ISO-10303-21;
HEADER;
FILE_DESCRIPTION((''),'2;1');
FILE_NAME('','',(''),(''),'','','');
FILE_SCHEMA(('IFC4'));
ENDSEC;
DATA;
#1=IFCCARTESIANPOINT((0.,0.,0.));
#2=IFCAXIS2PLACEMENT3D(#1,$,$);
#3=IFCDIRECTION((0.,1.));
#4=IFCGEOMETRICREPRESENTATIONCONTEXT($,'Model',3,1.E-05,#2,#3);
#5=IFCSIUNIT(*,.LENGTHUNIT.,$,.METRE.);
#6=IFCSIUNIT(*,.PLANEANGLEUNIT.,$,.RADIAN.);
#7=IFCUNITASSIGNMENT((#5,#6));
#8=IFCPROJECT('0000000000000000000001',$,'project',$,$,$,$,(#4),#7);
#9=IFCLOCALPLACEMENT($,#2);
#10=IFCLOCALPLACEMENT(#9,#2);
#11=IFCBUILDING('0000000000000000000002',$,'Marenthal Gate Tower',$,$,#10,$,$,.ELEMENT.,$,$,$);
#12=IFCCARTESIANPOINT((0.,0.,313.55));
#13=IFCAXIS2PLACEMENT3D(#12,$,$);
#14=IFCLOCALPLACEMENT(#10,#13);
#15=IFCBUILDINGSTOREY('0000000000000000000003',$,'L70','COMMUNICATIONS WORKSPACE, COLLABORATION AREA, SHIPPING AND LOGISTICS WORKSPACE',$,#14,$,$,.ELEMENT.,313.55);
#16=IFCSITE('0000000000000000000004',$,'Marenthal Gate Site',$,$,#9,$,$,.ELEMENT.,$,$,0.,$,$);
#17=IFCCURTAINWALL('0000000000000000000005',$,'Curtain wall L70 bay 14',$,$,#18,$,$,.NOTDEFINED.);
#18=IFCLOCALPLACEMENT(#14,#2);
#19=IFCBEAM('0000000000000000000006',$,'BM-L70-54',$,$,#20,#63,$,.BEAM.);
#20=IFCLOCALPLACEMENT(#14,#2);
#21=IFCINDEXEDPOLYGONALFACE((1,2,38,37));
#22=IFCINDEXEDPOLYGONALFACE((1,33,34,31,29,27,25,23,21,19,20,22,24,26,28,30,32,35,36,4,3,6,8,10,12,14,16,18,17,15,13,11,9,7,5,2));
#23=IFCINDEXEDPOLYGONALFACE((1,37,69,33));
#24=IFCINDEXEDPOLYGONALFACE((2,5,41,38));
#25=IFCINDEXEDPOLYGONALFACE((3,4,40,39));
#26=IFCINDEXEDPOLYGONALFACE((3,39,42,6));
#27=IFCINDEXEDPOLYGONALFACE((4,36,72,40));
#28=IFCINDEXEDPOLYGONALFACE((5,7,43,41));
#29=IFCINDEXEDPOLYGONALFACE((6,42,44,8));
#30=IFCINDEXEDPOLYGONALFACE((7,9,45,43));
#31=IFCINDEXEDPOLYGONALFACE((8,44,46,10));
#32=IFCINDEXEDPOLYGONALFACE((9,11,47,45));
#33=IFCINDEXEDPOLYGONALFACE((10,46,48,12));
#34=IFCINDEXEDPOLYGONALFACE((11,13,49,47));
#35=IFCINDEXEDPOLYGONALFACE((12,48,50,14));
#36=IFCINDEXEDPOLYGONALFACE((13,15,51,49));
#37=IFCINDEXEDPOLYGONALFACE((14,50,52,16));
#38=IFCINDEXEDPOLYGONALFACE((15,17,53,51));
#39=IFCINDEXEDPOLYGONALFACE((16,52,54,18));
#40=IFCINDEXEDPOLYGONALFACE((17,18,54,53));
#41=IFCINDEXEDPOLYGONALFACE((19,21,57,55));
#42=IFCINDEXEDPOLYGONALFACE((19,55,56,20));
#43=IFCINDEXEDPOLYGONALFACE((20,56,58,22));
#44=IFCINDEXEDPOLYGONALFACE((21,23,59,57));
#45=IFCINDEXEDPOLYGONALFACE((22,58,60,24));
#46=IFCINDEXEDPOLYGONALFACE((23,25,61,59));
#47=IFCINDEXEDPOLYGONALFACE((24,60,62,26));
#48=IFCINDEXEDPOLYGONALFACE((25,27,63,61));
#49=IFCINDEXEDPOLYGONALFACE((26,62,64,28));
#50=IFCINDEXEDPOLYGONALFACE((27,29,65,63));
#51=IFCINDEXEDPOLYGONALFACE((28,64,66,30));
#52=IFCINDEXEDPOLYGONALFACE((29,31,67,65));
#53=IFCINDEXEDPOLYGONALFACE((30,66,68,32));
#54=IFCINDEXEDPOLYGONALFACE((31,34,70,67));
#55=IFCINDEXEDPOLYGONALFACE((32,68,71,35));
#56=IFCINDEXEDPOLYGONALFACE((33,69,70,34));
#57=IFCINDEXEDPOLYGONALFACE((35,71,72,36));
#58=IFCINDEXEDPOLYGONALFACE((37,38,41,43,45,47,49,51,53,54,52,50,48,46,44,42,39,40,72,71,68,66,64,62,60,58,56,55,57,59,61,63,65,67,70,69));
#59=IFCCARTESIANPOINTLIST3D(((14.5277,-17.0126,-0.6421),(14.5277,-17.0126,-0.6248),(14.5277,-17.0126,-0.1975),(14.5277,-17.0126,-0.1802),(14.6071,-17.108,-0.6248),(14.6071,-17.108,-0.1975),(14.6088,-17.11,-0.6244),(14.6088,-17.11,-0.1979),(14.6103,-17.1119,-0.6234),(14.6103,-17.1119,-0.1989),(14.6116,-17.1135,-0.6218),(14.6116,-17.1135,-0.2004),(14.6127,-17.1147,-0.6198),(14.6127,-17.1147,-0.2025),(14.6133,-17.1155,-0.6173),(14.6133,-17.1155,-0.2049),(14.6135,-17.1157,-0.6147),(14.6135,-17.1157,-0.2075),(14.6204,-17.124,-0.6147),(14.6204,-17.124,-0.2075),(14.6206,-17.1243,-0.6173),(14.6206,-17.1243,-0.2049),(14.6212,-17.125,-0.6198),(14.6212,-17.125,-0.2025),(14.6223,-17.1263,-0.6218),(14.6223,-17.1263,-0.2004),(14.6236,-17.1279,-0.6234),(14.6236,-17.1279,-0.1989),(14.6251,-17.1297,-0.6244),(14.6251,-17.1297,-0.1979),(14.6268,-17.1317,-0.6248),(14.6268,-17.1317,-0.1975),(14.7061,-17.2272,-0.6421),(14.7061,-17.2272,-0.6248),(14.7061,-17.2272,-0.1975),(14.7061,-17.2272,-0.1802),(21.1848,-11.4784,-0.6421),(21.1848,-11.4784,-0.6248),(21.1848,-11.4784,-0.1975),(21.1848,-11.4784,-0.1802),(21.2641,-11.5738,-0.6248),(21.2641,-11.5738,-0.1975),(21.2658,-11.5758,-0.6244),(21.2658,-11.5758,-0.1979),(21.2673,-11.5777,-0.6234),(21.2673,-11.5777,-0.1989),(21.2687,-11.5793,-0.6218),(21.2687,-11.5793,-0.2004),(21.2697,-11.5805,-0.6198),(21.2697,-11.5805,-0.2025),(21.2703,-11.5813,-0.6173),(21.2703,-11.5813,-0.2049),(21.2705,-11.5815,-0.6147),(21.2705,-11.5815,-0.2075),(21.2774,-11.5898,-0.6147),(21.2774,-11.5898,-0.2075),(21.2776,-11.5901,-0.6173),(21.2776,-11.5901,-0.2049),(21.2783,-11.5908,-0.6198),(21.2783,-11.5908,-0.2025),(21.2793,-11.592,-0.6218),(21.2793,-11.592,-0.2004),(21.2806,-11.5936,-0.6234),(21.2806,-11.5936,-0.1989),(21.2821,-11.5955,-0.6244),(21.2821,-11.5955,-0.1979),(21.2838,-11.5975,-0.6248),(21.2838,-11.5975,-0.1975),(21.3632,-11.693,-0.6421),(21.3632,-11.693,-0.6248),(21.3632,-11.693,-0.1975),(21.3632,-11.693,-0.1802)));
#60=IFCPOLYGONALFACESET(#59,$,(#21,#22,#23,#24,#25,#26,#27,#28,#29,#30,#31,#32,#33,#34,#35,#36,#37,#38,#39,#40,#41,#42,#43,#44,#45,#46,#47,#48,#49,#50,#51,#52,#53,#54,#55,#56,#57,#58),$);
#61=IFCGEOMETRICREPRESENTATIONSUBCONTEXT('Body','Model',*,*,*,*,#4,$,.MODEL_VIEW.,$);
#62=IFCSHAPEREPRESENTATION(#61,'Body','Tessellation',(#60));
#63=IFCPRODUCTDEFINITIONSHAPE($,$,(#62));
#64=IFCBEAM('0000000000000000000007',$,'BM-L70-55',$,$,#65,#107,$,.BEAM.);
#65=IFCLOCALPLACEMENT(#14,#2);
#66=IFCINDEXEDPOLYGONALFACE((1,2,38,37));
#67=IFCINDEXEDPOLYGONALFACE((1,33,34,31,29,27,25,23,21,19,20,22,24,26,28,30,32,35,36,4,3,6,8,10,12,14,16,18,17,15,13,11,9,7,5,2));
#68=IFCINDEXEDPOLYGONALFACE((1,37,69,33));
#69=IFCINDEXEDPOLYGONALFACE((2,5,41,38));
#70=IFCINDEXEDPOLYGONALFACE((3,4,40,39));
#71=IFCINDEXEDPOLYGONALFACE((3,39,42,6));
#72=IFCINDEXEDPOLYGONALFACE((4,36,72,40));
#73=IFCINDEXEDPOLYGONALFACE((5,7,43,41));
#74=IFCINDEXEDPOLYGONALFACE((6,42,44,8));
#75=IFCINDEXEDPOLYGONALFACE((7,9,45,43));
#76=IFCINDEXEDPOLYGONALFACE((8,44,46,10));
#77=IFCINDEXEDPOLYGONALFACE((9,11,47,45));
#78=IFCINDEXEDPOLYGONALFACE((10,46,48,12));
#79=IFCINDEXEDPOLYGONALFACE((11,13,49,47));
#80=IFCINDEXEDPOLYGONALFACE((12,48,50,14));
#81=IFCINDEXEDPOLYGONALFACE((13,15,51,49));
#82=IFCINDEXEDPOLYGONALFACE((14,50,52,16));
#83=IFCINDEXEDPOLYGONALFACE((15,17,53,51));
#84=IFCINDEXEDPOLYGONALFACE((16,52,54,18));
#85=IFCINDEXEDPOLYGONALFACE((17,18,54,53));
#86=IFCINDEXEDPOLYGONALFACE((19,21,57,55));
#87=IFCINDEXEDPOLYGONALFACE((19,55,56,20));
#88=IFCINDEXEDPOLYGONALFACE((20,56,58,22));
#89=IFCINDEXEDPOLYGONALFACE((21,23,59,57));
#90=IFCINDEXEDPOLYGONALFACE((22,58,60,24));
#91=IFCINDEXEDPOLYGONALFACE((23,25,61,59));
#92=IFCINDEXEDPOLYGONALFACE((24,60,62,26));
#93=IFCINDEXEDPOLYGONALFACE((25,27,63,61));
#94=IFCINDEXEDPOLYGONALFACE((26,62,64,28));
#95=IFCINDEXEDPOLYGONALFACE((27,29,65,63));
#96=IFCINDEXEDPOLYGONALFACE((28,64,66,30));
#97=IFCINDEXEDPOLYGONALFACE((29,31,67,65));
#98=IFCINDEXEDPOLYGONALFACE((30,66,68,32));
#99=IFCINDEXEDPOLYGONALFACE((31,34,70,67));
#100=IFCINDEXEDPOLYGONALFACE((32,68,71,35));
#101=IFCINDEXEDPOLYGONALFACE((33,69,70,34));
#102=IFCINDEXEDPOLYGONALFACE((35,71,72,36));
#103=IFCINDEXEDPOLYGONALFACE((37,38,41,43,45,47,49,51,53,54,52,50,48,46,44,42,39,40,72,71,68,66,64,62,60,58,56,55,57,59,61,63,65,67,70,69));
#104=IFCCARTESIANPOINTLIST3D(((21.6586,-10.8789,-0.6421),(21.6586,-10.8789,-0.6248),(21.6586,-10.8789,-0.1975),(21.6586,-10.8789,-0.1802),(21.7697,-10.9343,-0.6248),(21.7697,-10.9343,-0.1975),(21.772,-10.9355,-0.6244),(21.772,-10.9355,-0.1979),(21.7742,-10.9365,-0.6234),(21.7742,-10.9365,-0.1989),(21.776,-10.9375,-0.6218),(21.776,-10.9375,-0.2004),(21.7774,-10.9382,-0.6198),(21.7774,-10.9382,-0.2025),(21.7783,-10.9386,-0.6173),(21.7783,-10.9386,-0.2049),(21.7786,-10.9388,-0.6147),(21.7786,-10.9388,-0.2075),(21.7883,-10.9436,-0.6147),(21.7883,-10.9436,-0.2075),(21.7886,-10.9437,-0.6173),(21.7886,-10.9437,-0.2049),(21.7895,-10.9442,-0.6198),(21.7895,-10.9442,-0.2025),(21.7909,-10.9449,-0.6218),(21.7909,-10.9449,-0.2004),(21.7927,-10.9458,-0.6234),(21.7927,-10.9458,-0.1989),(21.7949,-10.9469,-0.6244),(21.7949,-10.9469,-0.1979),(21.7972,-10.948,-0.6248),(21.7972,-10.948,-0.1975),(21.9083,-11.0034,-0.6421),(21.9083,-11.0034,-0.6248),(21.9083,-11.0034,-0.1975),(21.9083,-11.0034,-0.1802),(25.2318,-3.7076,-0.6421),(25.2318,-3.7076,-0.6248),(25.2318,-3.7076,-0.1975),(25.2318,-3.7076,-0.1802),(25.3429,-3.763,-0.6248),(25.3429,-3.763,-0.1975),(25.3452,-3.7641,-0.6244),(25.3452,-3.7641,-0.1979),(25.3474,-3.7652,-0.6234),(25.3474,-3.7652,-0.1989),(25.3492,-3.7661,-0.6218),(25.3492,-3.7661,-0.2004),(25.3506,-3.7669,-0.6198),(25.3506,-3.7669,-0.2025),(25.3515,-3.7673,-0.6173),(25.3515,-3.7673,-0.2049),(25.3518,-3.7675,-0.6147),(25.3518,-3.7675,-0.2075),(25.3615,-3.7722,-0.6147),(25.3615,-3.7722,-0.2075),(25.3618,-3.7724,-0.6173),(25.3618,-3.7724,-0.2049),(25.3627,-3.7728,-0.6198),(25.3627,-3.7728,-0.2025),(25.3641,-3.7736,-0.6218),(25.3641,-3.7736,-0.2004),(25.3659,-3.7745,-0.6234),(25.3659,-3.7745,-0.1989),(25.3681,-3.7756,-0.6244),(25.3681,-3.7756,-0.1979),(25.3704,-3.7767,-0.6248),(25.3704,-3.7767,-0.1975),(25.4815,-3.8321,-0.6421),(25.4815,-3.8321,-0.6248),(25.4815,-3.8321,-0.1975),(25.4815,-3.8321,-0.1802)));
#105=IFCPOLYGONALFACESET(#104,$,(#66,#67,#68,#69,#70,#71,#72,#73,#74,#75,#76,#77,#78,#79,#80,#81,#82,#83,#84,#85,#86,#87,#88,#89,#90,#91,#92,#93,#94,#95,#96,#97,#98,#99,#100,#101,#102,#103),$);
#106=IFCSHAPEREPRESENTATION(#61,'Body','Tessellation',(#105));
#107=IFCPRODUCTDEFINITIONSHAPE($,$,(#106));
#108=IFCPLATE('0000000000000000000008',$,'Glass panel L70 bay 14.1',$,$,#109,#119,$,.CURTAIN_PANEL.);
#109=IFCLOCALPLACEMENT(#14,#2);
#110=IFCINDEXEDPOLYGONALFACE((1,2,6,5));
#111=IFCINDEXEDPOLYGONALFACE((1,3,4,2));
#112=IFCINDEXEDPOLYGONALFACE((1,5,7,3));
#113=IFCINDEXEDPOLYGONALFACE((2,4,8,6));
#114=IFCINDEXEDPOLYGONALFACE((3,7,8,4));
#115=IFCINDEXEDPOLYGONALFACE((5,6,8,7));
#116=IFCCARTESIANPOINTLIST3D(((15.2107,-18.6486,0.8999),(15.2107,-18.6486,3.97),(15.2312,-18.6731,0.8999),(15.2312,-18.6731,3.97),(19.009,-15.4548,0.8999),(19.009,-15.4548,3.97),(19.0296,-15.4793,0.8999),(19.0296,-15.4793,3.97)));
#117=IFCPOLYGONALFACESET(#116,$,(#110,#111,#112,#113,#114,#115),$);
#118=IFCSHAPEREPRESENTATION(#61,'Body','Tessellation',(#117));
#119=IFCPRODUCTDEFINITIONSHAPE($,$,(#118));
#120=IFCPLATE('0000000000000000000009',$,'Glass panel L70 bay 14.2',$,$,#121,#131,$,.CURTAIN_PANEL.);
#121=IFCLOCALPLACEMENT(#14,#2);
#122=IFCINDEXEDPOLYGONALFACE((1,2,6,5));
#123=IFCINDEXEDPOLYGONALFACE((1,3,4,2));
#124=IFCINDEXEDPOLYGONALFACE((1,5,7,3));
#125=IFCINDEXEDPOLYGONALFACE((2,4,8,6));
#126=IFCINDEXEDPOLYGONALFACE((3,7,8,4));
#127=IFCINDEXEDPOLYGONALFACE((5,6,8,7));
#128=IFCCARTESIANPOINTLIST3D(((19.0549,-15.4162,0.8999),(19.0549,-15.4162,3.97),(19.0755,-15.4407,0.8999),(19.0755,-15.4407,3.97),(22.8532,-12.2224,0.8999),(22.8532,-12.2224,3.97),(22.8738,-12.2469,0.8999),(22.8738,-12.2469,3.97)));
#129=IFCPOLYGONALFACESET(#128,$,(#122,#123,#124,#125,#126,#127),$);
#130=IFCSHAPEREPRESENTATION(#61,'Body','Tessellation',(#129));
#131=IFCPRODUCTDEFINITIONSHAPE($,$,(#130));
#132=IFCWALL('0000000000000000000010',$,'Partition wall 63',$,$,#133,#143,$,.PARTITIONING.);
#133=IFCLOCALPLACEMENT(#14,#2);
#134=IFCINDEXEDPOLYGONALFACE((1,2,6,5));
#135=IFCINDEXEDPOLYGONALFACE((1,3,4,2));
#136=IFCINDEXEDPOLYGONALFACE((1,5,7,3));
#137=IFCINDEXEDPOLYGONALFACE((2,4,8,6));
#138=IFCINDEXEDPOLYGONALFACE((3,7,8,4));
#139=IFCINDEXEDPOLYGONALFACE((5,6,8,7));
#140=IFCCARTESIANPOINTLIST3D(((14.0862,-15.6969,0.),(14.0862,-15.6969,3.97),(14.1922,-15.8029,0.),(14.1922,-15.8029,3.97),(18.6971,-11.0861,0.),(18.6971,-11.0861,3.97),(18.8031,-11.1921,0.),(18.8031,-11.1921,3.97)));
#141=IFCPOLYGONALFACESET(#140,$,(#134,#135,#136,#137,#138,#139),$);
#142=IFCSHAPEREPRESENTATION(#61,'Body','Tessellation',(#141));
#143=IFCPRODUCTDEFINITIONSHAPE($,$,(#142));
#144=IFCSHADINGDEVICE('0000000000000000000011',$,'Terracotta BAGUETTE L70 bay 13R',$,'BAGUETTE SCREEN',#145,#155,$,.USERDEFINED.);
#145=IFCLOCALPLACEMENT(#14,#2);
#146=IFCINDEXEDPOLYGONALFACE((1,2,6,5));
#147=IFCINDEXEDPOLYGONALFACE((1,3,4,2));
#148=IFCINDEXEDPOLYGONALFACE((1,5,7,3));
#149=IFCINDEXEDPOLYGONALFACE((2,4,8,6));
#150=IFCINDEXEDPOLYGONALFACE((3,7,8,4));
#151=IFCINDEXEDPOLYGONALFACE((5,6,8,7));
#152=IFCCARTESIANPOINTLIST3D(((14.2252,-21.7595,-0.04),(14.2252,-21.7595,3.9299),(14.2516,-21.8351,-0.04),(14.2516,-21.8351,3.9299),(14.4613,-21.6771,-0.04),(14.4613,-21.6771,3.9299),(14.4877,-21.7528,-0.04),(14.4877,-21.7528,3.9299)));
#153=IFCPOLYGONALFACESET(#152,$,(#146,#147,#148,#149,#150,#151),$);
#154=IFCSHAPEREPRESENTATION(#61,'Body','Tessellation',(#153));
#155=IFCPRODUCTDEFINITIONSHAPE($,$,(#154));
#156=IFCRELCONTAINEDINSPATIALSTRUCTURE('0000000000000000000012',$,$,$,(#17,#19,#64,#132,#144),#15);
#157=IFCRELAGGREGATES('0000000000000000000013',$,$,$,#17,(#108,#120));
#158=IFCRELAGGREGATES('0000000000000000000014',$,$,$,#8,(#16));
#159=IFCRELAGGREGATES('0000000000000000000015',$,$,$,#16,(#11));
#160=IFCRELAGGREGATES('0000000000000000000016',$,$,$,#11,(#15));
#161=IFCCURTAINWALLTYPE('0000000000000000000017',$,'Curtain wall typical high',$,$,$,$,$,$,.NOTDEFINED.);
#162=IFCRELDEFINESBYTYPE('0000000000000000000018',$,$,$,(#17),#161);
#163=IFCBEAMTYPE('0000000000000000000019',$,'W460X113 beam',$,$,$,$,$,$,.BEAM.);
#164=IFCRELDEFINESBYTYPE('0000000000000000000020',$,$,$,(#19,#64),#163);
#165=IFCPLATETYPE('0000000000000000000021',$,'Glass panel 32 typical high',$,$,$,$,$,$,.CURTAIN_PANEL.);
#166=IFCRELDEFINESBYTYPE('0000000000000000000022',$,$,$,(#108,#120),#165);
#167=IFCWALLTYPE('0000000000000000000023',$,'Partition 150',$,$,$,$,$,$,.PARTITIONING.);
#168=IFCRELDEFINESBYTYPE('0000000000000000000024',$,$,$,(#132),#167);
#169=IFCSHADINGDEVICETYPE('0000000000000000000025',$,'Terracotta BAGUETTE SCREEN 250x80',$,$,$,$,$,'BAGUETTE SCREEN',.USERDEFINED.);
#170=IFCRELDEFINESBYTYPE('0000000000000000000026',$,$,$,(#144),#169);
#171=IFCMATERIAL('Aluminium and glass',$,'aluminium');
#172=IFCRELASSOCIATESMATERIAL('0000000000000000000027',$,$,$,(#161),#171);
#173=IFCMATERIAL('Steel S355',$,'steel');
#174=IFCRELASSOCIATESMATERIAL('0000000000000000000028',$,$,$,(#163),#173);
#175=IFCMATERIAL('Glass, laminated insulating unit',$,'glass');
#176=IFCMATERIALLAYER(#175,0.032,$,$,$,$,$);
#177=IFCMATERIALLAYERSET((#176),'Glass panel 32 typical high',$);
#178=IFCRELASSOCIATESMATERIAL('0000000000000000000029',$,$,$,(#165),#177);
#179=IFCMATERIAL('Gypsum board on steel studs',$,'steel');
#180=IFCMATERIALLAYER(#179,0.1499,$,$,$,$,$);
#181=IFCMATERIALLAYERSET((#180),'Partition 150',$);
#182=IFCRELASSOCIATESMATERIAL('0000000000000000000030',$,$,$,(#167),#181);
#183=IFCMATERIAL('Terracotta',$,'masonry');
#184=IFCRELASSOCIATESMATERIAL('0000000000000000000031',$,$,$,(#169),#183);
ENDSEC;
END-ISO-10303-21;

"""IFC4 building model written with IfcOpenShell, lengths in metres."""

from ifc_helpers import new_model, si_unit, direction, frame, frame_2d, origin, origin_2d, place, context, subcontext, project, spatial, rectangle, i_section, extrude, material, layer, layer_set, material_profile, profile_set, type_object, element, aggregate, save


model = new_model("IFC4")

# Units and contexts
model_context = context("Model", 3, precision=1e-05, world=origin(), true_north=direction((0.0, 1.0)))
body_context = subcontext(model_context, "Body", "Model", "MODEL_VIEW")
ifc_project = project(units=[si_unit("LENGTHUNIT", "METRE"), si_unit("PLANEANGLEUNIT", "RADIAN")], contexts=[model_context])

# Site, building, storey
site_placement = place(None, origin())
site = spatial("IfcSite", under=ifc_project, at=site_placement, Name="Marenthal Gate Site", CompositionType="ELEMENT", RefElevation=0.0)
building_placement = place(site_placement, origin())
building = spatial("IfcBuilding", under=site, at=building_placement, Name="Marenthal Gate Tower", CompositionType="ELEMENT")
storey_placement = place(building_placement, frame((0.0, 0.0, 313.55)))
storey = spatial("IfcBuildingStorey", under=building, at=storey_placement, Name="L70", Description="COMMUNICATIONS WORKSPACE, COLLABORATION AREA, SHIPPING AND LOGISTICS WORKSPACE", CompositionType="ELEMENT", Elevation=313.55)

# Curtain wall
ifc_material_1 = material(Name="Aluminium and glass", Category="aluminium")
curtain_wall_type = type_object("IfcCurtainWallType", Name="Curtain wall typical high", PredefinedType="NOTDEFINED", material=ifc_material_1)
curtain_wall_placement = place(storey_placement, origin())
curtain_wall = element("IfcCurtainWall", 1, at=curtain_wall_placement, inside=storey, type_object=curtain_wall_type, Name="Curtain wall L70 bay 14", PredefinedType="NOTDEFINED")

# Beams
ifc_material_2 = material(Name="Steel S355", Category="steel")
ifc_material_profile_1 = material_profile(ifc_material_2, i_section(OverallWidth=0.2791, OverallDepth=0.4619, WebThickness=0.0107, FlangeThickness=0.0173, FilletRadius=0.01, at=origin_2d()), Name="W460X113")
ifc_profile_set_1 = profile_set([ifc_material_profile_1], Name="Steel S355")
beam_type_1 = type_object("IfcBeamType", Name="W460X113 beam", PredefinedType="BEAM", material=ifc_profile_set_1)
beam_1_placement = place(storey_placement, frame((14.6169, -17.1199, -0.4111), z_axis=(0.768977, 0.639277, 0.0), x_axis=(-0.639277, 0.768977, 0.0)))
element("IfcBeam", 2, at=beam_1_placement, inside=storey, type_object=beam_type_1, Name="BM-L70-54", PredefinedType="BEAM", context=body_context, shape_type="SweptSolid", body=[
    extrude(i_section(OverallWidth=0.2791, OverallDepth=0.4619, WebThickness=0.0107, FlangeThickness=0.0173, FilletRadius=0.01, at=origin_2d()), origin(), (0.0, 0.0, 1.0), 8.657),
])
beam_2_placement = place(storey_placement, frame((21.7834, -10.9412, -0.4111), z_axis=(0.44597, 0.895048, 0.0), x_axis=(-0.895048, 0.44597, 0.0)))
element("IfcBeam", 3, at=beam_2_placement, inside=storey, type_object=beam_type_1, Name="BM-L70-55", PredefinedType="BEAM", context=body_context, shape_type="SweptSolid", body=[
    extrude(i_section(OverallWidth=0.2791, OverallDepth=0.4619, WebThickness=0.0107, FlangeThickness=0.0173, FilletRadius=0.01, at=origin_2d()), origin(), (0.0, 0.0, 1.0), 8.0122),
])

# Plates
ifc_material_3 = material(Name="Glass, laminated insulating unit", Category="glass")
ifc_layer_1 = layer(ifc_material_3, 0.032)
ifc_layer_set_1 = layer_set([ifc_layer_1], Name="Glass panel 32 typical high")
plate_type = type_object("IfcPlateType", Name="Glass panel 32 typical high", PredefinedType="CURTAIN_PANEL", material=ifc_layer_set_1)
plate_1_placement = place(storey_placement, frame((17.1201, -17.064, 0.8999), z_axis=(0.0, 0.0, 1.0), x_axis=(0.765387, 0.64357, 0.0)))
plate_1 = element("IfcPlate", 4, at=plate_1_placement, type_object=plate_type, Name="Glass panel L70 bay 14.1", PredefinedType="CURTAIN_PANEL", context=body_context, shape_type="SweptSolid", body=[
    extrude(rectangle(XDim=4.9626, YDim=0.032, at=origin_2d()), origin(), (0.0, 0.0, 1.0), 3.0701),
])
plate_2_placement = place(storey_placement, frame((20.9644, -13.8315, 0.8999), z_axis=(0.0, 0.0, 1.0), x_axis=(0.765387, 0.64357, 0.0)))
plate_2 = element("IfcPlate", 5, at=plate_2_placement, type_object=plate_type, Name="Glass panel L70 bay 14.2", PredefinedType="CURTAIN_PANEL", context=body_context, shape_type="SweptSolid", body=[
    extrude(rectangle(XDim=4.9626, YDim=0.032, at=origin_2d()), origin(), (0.0, 0.0, 1.0), 3.0701),
])
aggregate(curtain_wall, [plate_1, plate_2])

# Wall
ifc_material_4 = material(Name="Gypsum board on steel studs", Category="steel")
ifc_layer_2 = layer(ifc_material_4, 0.1499)
ifc_layer_set_2 = layer_set([ifc_layer_2], Name="Partition 150")
wall_type_1 = type_object("IfcWallType", Name="Partition 150", PredefinedType="PARTITIONING", material=ifc_layer_set_2)
wall_1_placement = place(storey_placement, frame((18.75, -11.1392, 0.0), z_axis=(0.0, 0.0, 1.0), x_axis=(-0.707107, -0.707107, 0.0)))
element("IfcWall", 6, at=wall_1_placement, inside=storey, type_object=wall_type_1, Name="Partition wall 63", PredefinedType="PARTITIONING", context=body_context, shape_type="SweptSolid", body=[
    extrude(rectangle(XDim=6.5208, YDim=0.1499, at=frame_2d((3.2603, 0.0))), origin(), (0.0, 0.0, 1.0), 3.97),
])

# Shading device
ifc_material_5 = material(Name="Terracotta", Category="masonry")
ifc_material_profile_2 = material_profile(ifc_material_5, rectangle(XDim=0.25, YDim=0.0801, at=origin_2d()), Name="Terracotta baguette 250x80")
ifc_profile_set_2 = profile_set([ifc_material_profile_2], Name="Terracotta")
shading_device_type = type_object("IfcShadingDeviceType", Name="Terracotta BAGUETTE SCREEN 250x80", ElementType="BAGUETTE SCREEN", PredefinedType="USERDEFINED", material=ifc_profile_set_2)
shading_device_placement = place(storey_placement, frame((14.3564, -21.7561, -0.04), z_axis=(0.0, 0.0, 1.0), x_axis=(0.944249, 0.329232, 0.0)))
element("IfcShadingDevice", 7, at=shading_device_placement, inside=storey, type_object=shading_device_type, Name="Terracotta BAGUETTE L70 bay 13R", ObjectType="BAGUETTE SCREEN", PredefinedType="USERDEFINED", context=body_context, shape_type="SweptSolid", body=[
    extrude(rectangle(XDim=0.25, YDim=0.0801, at=origin_2d()), origin(), (0.0, 0.0, 1.0), 3.97),
])

save(model, "model.ifc")
